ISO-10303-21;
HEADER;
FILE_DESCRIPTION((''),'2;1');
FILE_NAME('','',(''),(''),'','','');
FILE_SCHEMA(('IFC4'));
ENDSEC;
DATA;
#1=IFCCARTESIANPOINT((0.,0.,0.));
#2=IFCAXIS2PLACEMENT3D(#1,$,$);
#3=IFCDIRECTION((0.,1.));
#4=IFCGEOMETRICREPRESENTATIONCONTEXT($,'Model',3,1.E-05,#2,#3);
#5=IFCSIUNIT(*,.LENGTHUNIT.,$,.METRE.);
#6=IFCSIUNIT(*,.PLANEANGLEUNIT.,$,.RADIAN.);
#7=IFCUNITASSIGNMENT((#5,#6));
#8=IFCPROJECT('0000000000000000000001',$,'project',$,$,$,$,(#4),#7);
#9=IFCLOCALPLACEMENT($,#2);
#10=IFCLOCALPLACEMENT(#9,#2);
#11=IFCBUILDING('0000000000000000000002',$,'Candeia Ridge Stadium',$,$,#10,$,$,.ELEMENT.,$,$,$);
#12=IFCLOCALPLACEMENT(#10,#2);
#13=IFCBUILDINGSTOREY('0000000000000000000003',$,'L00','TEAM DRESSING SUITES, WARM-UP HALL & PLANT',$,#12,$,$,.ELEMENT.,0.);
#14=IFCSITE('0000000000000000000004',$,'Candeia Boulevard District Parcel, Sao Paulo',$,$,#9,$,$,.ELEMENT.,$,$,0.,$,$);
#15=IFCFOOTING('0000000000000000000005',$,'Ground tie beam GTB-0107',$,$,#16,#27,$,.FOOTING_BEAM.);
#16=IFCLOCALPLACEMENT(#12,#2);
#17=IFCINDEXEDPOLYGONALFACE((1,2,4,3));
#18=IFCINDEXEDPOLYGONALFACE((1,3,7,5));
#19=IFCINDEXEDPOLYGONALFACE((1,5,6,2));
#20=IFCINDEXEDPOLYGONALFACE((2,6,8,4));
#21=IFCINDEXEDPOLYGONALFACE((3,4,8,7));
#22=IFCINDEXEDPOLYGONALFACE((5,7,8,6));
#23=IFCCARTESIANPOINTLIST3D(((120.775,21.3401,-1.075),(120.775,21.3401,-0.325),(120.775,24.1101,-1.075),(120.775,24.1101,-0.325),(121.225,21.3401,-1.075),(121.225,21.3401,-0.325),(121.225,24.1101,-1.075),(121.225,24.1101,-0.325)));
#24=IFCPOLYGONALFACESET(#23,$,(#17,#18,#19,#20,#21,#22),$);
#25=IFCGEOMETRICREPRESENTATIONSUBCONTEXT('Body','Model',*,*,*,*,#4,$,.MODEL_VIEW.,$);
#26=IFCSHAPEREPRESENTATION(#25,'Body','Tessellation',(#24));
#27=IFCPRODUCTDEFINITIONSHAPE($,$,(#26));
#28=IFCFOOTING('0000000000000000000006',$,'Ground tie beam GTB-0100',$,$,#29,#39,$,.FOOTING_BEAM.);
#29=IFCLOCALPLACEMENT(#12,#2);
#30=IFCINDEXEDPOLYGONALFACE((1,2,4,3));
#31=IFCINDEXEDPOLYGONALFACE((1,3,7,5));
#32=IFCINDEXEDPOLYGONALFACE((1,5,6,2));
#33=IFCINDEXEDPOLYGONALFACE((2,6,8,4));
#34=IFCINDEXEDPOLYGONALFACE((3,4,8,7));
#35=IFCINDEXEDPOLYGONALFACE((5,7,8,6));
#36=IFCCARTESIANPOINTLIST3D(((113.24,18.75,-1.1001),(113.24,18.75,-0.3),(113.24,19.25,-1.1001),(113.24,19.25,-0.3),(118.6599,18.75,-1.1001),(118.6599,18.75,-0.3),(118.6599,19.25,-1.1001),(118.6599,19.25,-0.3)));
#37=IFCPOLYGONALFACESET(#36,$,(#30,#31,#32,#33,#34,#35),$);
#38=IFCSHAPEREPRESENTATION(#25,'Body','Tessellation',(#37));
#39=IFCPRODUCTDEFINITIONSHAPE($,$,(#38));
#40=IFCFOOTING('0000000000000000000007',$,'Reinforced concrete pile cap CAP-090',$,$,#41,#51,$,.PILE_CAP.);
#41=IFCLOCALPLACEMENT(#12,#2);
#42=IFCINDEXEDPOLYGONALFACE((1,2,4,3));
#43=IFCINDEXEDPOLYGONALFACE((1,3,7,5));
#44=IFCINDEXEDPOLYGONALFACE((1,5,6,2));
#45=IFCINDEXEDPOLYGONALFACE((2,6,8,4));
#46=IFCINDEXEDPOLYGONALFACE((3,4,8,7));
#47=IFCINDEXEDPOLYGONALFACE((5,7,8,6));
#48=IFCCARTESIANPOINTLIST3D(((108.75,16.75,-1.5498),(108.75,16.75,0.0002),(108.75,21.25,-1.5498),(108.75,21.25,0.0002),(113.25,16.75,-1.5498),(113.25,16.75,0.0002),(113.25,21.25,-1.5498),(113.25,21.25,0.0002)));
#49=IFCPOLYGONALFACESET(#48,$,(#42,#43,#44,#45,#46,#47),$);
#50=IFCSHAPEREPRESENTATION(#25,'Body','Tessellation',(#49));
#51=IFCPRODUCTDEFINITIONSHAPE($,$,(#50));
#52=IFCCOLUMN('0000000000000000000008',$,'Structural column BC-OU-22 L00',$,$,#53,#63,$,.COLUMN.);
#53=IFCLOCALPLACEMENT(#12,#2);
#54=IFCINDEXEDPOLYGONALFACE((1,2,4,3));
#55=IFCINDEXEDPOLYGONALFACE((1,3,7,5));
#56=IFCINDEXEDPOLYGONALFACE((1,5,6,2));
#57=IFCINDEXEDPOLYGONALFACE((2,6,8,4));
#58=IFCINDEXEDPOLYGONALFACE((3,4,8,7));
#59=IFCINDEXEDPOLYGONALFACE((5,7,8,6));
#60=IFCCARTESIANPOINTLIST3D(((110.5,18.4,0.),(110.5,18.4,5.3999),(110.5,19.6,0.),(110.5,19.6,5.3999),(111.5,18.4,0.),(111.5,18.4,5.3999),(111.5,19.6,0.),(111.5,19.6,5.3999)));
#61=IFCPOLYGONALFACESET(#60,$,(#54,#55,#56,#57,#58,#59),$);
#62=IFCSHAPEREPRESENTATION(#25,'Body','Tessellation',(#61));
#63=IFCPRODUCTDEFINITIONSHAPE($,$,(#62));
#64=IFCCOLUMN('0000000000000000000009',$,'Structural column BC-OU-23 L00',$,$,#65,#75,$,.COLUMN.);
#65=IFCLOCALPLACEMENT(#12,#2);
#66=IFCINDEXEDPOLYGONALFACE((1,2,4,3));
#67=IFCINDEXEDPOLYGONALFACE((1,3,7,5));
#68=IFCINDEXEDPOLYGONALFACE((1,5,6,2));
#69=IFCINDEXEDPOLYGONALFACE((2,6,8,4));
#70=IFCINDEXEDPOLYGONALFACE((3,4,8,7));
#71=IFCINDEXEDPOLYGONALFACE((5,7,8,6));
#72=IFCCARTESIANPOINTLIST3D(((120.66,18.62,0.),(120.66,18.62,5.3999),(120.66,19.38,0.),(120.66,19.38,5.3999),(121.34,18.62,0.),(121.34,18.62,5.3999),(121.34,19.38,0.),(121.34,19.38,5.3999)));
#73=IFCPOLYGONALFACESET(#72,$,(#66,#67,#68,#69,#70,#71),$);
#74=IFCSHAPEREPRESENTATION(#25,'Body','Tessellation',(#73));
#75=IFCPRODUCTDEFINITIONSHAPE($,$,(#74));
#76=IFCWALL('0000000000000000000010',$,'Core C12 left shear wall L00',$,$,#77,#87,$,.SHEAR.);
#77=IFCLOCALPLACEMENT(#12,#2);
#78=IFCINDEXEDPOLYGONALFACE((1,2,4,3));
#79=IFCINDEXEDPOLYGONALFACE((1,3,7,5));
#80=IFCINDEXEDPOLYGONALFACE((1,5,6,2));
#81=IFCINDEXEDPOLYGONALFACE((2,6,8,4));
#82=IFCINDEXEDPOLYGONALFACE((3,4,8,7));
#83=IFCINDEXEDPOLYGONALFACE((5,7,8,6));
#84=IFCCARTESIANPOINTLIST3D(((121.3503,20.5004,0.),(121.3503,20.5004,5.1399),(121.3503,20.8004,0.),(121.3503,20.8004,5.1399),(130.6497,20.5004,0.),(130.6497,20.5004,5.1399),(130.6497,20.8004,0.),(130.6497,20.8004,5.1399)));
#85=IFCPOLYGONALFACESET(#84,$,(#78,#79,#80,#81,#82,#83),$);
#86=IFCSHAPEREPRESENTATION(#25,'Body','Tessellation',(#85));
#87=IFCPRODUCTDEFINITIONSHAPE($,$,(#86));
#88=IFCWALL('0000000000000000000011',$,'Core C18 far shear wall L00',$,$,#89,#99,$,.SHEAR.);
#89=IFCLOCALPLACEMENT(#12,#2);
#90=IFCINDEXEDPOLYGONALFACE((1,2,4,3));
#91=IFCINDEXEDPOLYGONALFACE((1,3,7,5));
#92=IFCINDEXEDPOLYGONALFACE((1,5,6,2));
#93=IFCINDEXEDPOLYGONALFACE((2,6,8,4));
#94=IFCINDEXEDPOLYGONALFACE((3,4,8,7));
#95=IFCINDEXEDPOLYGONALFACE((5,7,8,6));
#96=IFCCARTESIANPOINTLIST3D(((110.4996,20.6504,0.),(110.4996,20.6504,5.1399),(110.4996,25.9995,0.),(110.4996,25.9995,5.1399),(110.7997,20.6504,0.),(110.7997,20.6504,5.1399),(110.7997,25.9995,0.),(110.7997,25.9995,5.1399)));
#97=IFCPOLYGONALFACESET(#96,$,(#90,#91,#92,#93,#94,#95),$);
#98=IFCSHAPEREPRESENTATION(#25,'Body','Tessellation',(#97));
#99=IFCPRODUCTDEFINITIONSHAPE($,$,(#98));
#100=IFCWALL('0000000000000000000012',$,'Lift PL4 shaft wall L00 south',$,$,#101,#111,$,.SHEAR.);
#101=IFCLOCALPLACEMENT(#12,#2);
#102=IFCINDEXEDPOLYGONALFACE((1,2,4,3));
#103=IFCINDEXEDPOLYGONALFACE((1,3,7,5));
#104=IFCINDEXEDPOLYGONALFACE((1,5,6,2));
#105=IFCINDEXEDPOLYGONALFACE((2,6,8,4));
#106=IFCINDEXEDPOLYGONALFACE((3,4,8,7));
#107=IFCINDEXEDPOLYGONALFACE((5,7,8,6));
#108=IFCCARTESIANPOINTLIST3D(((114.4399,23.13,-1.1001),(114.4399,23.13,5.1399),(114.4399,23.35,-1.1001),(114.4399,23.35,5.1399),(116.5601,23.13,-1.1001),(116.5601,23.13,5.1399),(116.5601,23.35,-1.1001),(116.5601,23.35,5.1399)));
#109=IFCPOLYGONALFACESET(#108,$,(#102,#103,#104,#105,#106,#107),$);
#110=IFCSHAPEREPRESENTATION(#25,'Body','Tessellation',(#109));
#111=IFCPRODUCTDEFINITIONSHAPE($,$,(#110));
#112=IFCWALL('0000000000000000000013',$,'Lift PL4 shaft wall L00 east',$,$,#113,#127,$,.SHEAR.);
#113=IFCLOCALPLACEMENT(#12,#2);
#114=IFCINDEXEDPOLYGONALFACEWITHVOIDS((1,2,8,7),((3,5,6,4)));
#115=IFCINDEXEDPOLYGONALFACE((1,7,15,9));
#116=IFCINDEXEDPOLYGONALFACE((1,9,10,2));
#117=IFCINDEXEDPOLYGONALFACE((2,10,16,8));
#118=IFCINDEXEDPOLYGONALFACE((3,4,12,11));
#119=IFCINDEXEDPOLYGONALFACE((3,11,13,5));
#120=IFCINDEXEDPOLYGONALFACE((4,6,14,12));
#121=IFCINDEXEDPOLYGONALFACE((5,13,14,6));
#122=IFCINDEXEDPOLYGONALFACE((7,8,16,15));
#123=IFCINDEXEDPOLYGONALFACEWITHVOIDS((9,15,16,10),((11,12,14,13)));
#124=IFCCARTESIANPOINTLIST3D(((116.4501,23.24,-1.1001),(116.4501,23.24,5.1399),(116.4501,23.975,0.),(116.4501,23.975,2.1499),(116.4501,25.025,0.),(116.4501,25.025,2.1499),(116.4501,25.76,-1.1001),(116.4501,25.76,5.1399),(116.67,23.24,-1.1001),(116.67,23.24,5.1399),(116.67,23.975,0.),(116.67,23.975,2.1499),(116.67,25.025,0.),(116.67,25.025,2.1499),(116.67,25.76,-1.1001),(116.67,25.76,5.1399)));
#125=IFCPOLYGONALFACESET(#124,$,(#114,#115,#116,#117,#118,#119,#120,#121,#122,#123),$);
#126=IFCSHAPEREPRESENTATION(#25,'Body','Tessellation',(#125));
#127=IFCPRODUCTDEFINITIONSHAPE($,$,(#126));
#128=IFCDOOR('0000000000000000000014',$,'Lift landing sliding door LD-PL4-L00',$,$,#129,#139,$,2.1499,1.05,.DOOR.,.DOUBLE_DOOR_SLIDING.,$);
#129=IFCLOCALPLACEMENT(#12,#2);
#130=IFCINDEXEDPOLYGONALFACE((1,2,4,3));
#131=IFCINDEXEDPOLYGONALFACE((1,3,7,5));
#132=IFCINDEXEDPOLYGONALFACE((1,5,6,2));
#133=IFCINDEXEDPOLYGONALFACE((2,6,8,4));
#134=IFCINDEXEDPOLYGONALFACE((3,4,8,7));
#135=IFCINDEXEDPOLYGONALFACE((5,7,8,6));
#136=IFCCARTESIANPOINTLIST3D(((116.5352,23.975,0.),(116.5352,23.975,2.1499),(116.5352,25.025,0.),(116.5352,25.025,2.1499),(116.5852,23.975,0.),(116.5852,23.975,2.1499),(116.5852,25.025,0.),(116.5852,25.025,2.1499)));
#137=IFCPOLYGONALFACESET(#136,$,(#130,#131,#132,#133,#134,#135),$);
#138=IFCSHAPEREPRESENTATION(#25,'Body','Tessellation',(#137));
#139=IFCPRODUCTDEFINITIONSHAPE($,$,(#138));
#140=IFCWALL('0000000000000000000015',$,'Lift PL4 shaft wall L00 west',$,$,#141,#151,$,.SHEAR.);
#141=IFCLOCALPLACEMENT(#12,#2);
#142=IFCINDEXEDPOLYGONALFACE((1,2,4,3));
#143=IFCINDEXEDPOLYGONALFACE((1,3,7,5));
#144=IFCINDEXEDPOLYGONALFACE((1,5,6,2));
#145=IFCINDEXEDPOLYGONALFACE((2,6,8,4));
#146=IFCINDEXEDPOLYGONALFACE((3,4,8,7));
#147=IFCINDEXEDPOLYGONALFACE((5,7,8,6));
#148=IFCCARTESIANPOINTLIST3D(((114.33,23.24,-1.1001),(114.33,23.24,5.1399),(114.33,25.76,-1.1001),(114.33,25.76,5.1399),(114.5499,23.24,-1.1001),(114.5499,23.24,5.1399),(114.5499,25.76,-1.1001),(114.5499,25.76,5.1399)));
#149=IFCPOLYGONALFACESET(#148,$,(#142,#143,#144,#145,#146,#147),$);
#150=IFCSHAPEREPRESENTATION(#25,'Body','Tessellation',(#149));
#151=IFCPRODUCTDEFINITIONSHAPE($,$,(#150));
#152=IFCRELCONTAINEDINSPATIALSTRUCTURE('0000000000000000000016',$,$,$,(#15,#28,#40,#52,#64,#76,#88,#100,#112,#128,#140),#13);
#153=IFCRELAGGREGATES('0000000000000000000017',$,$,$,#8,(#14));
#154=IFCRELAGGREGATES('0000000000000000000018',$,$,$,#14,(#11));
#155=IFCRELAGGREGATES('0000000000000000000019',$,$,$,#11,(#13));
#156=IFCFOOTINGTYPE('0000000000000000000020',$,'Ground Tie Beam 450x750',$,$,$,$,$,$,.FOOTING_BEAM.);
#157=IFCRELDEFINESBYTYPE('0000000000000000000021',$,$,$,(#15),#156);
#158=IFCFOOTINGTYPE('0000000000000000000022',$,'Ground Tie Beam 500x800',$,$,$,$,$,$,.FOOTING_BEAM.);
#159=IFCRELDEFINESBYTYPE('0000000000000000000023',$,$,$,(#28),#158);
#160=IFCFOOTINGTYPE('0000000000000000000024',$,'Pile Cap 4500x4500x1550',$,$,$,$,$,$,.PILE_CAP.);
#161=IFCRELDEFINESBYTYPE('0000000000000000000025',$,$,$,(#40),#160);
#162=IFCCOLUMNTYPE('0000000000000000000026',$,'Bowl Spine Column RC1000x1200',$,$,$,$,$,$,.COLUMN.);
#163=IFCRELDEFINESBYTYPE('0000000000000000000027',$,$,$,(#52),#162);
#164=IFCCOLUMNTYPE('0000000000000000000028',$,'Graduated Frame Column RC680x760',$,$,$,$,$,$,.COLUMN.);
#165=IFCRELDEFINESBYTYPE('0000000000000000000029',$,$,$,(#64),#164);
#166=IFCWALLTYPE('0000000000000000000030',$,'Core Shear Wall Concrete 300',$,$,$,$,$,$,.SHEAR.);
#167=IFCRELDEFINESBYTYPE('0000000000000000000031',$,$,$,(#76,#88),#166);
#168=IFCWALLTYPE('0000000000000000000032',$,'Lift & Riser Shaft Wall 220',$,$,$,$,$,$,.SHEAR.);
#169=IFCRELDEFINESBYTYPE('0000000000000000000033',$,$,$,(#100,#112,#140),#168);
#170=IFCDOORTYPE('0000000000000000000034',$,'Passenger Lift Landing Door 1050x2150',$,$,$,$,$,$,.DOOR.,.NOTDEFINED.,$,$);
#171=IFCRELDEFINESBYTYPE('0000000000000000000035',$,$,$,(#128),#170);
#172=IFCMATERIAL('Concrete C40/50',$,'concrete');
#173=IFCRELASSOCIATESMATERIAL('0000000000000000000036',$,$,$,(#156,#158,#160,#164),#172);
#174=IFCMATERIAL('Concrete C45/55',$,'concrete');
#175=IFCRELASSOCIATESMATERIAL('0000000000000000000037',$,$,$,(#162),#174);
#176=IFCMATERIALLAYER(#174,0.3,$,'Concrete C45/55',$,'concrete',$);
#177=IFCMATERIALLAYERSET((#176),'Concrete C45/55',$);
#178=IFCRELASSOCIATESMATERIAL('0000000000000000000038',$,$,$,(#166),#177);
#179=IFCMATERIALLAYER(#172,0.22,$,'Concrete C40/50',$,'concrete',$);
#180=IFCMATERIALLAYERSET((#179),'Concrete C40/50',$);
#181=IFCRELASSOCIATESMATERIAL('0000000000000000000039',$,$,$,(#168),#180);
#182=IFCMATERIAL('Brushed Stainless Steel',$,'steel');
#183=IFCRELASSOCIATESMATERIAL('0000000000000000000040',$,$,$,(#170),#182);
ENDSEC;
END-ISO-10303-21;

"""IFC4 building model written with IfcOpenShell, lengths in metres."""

from ifc_helpers import new_model, si_unit, direction, frame, frame_2d, origin, origin_2d, place, context, subcontext, project, spatial, rectangle, extrude, material, layer, layer_set, material_profile, profile_set, type_object, element, fill, save


model = new_model("IFC4")

# Units and contexts
model_context = context("Model", 3, precision=1e-05, world=origin(), true_north=direction((0.0, 1.0)))
body_context = subcontext(model_context, "Body", "Model", "MODEL_VIEW")
ifc_project = project(units=[si_unit("LENGTHUNIT", "METRE"), si_unit("PLANEANGLEUNIT", "RADIAN")], contexts=[model_context])

# Site, building, storey
site_placement = place(None, origin())
site = spatial("IfcSite", under=ifc_project, at=site_placement, Name="Candeia Boulevard District Parcel, Sao Paulo", CompositionType="ELEMENT", RefElevation=0.0)
building_placement = place(site_placement, origin())
building = spatial("IfcBuilding", under=site, at=building_placement, Name="Candeia Ridge Stadium", CompositionType="ELEMENT")
storey_placement = place(building_placement, origin())
storey = spatial("IfcBuildingStorey", under=building, at=storey_placement, Name="L00", Description="TEAM DRESSING SUITES, WARM-UP HALL & PLANT", CompositionType="ELEMENT", Elevation=0.0)

# Shared definitions
ifc_material_1 = material(Name="Concrete C40/50", Category="concrete")

# Footings
footing_type_1 = type_object("IfcFootingType", Name="Ground Tie Beam 450x750", PredefinedType="FOOTING_BEAM", material=ifc_material_1)
footing_1_placement = place(storey_placement, frame((121.0, 22.7251, -1.075), z_axis=(0.0, 0.0, 1.0), x_axis=(0.0, -1.0, 0.0)))
element("IfcFooting", 1, at=footing_1_placement, inside=storey, type_object=footing_type_1, Name="Ground tie beam GTB-0107", PredefinedType="FOOTING_BEAM", context=body_context, shape_type="SweptSolid", body=[
    extrude(rectangle(XDim=2.77, YDim=0.45, at=origin_2d()), origin(), (0.0, 0.0, 1.0), 0.75),
])
footing_type_2 = type_object("IfcFootingType", Name="Ground Tie Beam 500x800", PredefinedType="FOOTING_BEAM", material=ifc_material_1)
footing_2_placement = place(storey_placement, frame((115.95, 19.0, -1.1001), z_axis=(0.0, 0.0, 1.0), x_axis=(1.0, 0.0, 0.0)))
element("IfcFooting", 2, at=footing_2_placement, inside=storey, type_object=footing_type_2, Name="Ground tie beam GTB-0100", PredefinedType="FOOTING_BEAM", context=body_context, shape_type="SweptSolid", body=[
    extrude(rectangle(XDim=5.4199, YDim=0.5, at=origin_2d()), origin(), (0.0, 0.0, 1.0), 0.8),
])
footing_type_3 = type_object("IfcFootingType", Name="Pile Cap 4500x4500x1550", PredefinedType="PILE_CAP", material=ifc_material_1)
footing_3_placement = place(storey_placement, frame((111.0, 19.0, -1.5498), z_axis=(0.0, 0.0, 1.0), x_axis=(1.0, 0.0, 0.0)))
element("IfcFooting", 3, at=footing_3_placement, inside=storey, type_object=footing_type_3, Name="Reinforced concrete pile cap CAP-090", PredefinedType="PILE_CAP", context=body_context, shape_type="SweptSolid", body=[
    extrude(rectangle(XDim=4.5, YDim=4.5, at=origin_2d()), origin(), (0.0, 0.0, 1.0), 1.55),
])

# Columns
ifc_material_2 = material(Name="Concrete C45/55", Category="concrete")
ifc_material_profile_1 = material_profile(ifc_material_2, rectangle(XDim=1.0, YDim=1.2, at=origin_2d()), Name="RC1000x1200", Category="concrete")
ifc_profile_set_1 = profile_set([ifc_material_profile_1], Name="Concrete C45/55")
column_type_1 = type_object("IfcColumnType", Name="Bowl Spine Column RC1000x1200", PredefinedType="COLUMN", material=ifc_profile_set_1)
column_1_placement = place(storey_placement, frame((111.0, 19.0, 0.0), z_axis=(0.0, 0.0, 1.0), x_axis=(1.0, 0.0, 0.0)))
element("IfcColumn", 4, at=column_1_placement, inside=storey, type_object=column_type_1, Name="Structural column BC-OU-22 L00", PredefinedType="COLUMN", context=body_context, shape_type="SweptSolid", body=[
    extrude(rectangle(XDim=1.0, YDim=1.2, at=origin_2d()), origin(), (0.0, 0.0, 1.0), 5.3999),
])
ifc_material_profile_2 = material_profile(ifc_material_1, rectangle(XDim=0.6799, YDim=0.76, at=origin_2d()), Name="RC680x760", Category="concrete")
ifc_profile_set_2 = profile_set([ifc_material_profile_2], Name="Concrete C40/50")
column_type_2 = type_object("IfcColumnType", Name="Graduated Frame Column RC680x760", PredefinedType="COLUMN", material=ifc_profile_set_2)
column_2_placement = place(storey_placement, frame((121.0, 19.0, 0.0), z_axis=(0.0, 0.0, 1.0), x_axis=(1.0, 0.0, 0.0)))
element("IfcColumn", 5, at=column_2_placement, inside=storey, type_object=column_type_2, Name="Structural column BC-OU-23 L00", PredefinedType="COLUMN", context=body_context, shape_type="SweptSolid", body=[
    extrude(rectangle(XDim=0.6799, YDim=0.76, at=origin_2d()), origin(), (0.0, 0.0, 1.0), 5.3999),
])

# Walls
ifc_layer_1 = layer(ifc_material_2, 0.3, Name="Concrete C45/55", Category="concrete")
ifc_layer_set_1 = layer_set([ifc_layer_1], Name="Concrete C45/55")
wall_type_1 = type_object("IfcWallType", Name="Core Shear Wall Concrete 300", PredefinedType="SHEAR", material=ifc_layer_set_1)
wall_1_placement = place(storey_placement, frame((121.3503, 20.6504, 0.0), z_axis=(0.0, 0.0, 1.0), x_axis=(1.0, 0.0, 0.0)))
element("IfcWall", 6, at=wall_1_placement, inside=storey, type_object=wall_type_1, Name="Core C12 left shear wall L00", PredefinedType="SHEAR", context=body_context, shape_type="SweptSolid", body=[
    extrude(rectangle(XDim=9.2993, YDim=0.3, at=frame_2d((4.6497, 0.0))), origin(), (0.0, 0.0, 1.0), 5.1399),
])
wall_2_placement = place(storey_placement, frame((110.6497, 20.6504, 0.0), z_axis=(0.0, 0.0, 1.0), x_axis=(0.0, 1.0, 0.0)))
element("IfcWall", 7, at=wall_2_placement, inside=storey, type_object=wall_type_1, Name="Core C18 far shear wall L00", PredefinedType="SHEAR", context=body_context, shape_type="SweptSolid", body=[
    extrude(rectangle(XDim=5.3491, YDim=0.3, at=frame_2d((2.6746, 0.0))), origin(), (0.0, 0.0, 1.0), 5.1399),
])
ifc_layer_2 = layer(ifc_material_1, 0.22, Name="Concrete C40/50", Category="concrete")
ifc_layer_set_2 = layer_set([ifc_layer_2], Name="Concrete C40/50")
wall_type_2 = type_object("IfcWallType", Name="Lift & Riser Shaft Wall 220", PredefinedType="SHEAR", material=ifc_layer_set_2)
wall_3_placement = place(storey_placement, frame((114.4399, 23.24, -1.1001), z_axis=(0.0, 0.0, 1.0), x_axis=(1.0, 0.0, 0.0)))
element("IfcWall", 8, at=wall_3_placement, inside=storey, type_object=wall_type_2, Name="Lift PL4 shaft wall L00 south", PredefinedType="SHEAR", context=body_context, shape_type="SweptSolid", body=[
    extrude(rectangle(XDim=2.1201, YDim=0.22, at=frame_2d((1.0601, 0.0))), origin(), (0.0, 0.0, 1.0), 6.24),
])

# Wall, opening, door
wall_4_placement = place(storey_placement, frame((116.5601, 23.24, -1.1001), z_axis=(0.0, 0.0, 1.0), x_axis=(0.0, 1.0, 0.0)))
wall_4 = element("IfcWall", 9, at=wall_4_placement, inside=storey, type_object=wall_type_2, Name="Lift PL4 shaft wall L00 east", PredefinedType="SHEAR", context=body_context, shape_type="SweptSolid", body=[
    extrude(rectangle(XDim=2.52, YDim=0.22, at=frame_2d((1.26, 0.0))), origin(), (0.0, 0.0, 1.0), 6.24),
])
opening_placement = place(wall_4_placement, frame((0.7351, 0.0, 1.1001)))
opening = element("IfcOpeningElement", 10, at=opening_placement, cuts=wall_4, PredefinedType="OPENING", context=body_context, shape_type="SweptSolid", body=[
    extrude(rectangle(XDim=1.05, YDim=2.1499, at=frame_2d((0.5249, 1.075))), frame((0.0, 0.1199, 0.0), z_axis=(0.0, -1.0, 0.0), x_axis=(1.0, 0.0, 0.0)), (0.0, 0.0, 1.0), 0.24),
])
ifc_material_3 = material(Name="Brushed Stainless Steel", Category="steel")
door_type = type_object("IfcDoorType", Name="Passenger Lift Landing Door 1050x2150", OperationType="NOTDEFINED", PredefinedType="DOOR", material=ifc_material_3)
door_placement = place(opening_placement, origin())
door = element("IfcDoor", 11, at=door_placement, inside=storey, type_object=door_type, Name="Lift landing sliding door LD-PL4-L00", OperationType="DOUBLE_DOOR_SLIDING", OverallHeight=2.1499, OverallWidth=1.05, PredefinedType="DOOR", context=body_context, shape_type="SweptSolid", body=[
    extrude(rectangle(XDim=1.05, YDim=2.1499, at=frame_2d((0.5249, 1.075))), frame((0.0, 0.0249, 0.0), z_axis=(0.0, -1.0, 0.0), x_axis=(1.0, 0.0, 0.0)), (0.0, 0.0, 1.0), 0.05),
])
fill(opening, door)

# Wall
wall_5_placement = place(storey_placement, frame((114.4399, 25.76, -1.1001), z_axis=(0.0, 0.0, 1.0), x_axis=(0.0, -1.0, 0.0)))
element("IfcWall", 12, at=wall_5_placement, inside=storey, type_object=wall_type_2, Name="Lift PL4 shaft wall L00 west", PredefinedType="SHEAR", context=body_context, shape_type="SweptSolid", body=[
    extrude(rectangle(XDim=2.52, YDim=0.22, at=frame_2d((1.26, 0.0))), origin(), (0.0, 0.0, 1.0), 6.24),
])

save(model, "model.ifc")
